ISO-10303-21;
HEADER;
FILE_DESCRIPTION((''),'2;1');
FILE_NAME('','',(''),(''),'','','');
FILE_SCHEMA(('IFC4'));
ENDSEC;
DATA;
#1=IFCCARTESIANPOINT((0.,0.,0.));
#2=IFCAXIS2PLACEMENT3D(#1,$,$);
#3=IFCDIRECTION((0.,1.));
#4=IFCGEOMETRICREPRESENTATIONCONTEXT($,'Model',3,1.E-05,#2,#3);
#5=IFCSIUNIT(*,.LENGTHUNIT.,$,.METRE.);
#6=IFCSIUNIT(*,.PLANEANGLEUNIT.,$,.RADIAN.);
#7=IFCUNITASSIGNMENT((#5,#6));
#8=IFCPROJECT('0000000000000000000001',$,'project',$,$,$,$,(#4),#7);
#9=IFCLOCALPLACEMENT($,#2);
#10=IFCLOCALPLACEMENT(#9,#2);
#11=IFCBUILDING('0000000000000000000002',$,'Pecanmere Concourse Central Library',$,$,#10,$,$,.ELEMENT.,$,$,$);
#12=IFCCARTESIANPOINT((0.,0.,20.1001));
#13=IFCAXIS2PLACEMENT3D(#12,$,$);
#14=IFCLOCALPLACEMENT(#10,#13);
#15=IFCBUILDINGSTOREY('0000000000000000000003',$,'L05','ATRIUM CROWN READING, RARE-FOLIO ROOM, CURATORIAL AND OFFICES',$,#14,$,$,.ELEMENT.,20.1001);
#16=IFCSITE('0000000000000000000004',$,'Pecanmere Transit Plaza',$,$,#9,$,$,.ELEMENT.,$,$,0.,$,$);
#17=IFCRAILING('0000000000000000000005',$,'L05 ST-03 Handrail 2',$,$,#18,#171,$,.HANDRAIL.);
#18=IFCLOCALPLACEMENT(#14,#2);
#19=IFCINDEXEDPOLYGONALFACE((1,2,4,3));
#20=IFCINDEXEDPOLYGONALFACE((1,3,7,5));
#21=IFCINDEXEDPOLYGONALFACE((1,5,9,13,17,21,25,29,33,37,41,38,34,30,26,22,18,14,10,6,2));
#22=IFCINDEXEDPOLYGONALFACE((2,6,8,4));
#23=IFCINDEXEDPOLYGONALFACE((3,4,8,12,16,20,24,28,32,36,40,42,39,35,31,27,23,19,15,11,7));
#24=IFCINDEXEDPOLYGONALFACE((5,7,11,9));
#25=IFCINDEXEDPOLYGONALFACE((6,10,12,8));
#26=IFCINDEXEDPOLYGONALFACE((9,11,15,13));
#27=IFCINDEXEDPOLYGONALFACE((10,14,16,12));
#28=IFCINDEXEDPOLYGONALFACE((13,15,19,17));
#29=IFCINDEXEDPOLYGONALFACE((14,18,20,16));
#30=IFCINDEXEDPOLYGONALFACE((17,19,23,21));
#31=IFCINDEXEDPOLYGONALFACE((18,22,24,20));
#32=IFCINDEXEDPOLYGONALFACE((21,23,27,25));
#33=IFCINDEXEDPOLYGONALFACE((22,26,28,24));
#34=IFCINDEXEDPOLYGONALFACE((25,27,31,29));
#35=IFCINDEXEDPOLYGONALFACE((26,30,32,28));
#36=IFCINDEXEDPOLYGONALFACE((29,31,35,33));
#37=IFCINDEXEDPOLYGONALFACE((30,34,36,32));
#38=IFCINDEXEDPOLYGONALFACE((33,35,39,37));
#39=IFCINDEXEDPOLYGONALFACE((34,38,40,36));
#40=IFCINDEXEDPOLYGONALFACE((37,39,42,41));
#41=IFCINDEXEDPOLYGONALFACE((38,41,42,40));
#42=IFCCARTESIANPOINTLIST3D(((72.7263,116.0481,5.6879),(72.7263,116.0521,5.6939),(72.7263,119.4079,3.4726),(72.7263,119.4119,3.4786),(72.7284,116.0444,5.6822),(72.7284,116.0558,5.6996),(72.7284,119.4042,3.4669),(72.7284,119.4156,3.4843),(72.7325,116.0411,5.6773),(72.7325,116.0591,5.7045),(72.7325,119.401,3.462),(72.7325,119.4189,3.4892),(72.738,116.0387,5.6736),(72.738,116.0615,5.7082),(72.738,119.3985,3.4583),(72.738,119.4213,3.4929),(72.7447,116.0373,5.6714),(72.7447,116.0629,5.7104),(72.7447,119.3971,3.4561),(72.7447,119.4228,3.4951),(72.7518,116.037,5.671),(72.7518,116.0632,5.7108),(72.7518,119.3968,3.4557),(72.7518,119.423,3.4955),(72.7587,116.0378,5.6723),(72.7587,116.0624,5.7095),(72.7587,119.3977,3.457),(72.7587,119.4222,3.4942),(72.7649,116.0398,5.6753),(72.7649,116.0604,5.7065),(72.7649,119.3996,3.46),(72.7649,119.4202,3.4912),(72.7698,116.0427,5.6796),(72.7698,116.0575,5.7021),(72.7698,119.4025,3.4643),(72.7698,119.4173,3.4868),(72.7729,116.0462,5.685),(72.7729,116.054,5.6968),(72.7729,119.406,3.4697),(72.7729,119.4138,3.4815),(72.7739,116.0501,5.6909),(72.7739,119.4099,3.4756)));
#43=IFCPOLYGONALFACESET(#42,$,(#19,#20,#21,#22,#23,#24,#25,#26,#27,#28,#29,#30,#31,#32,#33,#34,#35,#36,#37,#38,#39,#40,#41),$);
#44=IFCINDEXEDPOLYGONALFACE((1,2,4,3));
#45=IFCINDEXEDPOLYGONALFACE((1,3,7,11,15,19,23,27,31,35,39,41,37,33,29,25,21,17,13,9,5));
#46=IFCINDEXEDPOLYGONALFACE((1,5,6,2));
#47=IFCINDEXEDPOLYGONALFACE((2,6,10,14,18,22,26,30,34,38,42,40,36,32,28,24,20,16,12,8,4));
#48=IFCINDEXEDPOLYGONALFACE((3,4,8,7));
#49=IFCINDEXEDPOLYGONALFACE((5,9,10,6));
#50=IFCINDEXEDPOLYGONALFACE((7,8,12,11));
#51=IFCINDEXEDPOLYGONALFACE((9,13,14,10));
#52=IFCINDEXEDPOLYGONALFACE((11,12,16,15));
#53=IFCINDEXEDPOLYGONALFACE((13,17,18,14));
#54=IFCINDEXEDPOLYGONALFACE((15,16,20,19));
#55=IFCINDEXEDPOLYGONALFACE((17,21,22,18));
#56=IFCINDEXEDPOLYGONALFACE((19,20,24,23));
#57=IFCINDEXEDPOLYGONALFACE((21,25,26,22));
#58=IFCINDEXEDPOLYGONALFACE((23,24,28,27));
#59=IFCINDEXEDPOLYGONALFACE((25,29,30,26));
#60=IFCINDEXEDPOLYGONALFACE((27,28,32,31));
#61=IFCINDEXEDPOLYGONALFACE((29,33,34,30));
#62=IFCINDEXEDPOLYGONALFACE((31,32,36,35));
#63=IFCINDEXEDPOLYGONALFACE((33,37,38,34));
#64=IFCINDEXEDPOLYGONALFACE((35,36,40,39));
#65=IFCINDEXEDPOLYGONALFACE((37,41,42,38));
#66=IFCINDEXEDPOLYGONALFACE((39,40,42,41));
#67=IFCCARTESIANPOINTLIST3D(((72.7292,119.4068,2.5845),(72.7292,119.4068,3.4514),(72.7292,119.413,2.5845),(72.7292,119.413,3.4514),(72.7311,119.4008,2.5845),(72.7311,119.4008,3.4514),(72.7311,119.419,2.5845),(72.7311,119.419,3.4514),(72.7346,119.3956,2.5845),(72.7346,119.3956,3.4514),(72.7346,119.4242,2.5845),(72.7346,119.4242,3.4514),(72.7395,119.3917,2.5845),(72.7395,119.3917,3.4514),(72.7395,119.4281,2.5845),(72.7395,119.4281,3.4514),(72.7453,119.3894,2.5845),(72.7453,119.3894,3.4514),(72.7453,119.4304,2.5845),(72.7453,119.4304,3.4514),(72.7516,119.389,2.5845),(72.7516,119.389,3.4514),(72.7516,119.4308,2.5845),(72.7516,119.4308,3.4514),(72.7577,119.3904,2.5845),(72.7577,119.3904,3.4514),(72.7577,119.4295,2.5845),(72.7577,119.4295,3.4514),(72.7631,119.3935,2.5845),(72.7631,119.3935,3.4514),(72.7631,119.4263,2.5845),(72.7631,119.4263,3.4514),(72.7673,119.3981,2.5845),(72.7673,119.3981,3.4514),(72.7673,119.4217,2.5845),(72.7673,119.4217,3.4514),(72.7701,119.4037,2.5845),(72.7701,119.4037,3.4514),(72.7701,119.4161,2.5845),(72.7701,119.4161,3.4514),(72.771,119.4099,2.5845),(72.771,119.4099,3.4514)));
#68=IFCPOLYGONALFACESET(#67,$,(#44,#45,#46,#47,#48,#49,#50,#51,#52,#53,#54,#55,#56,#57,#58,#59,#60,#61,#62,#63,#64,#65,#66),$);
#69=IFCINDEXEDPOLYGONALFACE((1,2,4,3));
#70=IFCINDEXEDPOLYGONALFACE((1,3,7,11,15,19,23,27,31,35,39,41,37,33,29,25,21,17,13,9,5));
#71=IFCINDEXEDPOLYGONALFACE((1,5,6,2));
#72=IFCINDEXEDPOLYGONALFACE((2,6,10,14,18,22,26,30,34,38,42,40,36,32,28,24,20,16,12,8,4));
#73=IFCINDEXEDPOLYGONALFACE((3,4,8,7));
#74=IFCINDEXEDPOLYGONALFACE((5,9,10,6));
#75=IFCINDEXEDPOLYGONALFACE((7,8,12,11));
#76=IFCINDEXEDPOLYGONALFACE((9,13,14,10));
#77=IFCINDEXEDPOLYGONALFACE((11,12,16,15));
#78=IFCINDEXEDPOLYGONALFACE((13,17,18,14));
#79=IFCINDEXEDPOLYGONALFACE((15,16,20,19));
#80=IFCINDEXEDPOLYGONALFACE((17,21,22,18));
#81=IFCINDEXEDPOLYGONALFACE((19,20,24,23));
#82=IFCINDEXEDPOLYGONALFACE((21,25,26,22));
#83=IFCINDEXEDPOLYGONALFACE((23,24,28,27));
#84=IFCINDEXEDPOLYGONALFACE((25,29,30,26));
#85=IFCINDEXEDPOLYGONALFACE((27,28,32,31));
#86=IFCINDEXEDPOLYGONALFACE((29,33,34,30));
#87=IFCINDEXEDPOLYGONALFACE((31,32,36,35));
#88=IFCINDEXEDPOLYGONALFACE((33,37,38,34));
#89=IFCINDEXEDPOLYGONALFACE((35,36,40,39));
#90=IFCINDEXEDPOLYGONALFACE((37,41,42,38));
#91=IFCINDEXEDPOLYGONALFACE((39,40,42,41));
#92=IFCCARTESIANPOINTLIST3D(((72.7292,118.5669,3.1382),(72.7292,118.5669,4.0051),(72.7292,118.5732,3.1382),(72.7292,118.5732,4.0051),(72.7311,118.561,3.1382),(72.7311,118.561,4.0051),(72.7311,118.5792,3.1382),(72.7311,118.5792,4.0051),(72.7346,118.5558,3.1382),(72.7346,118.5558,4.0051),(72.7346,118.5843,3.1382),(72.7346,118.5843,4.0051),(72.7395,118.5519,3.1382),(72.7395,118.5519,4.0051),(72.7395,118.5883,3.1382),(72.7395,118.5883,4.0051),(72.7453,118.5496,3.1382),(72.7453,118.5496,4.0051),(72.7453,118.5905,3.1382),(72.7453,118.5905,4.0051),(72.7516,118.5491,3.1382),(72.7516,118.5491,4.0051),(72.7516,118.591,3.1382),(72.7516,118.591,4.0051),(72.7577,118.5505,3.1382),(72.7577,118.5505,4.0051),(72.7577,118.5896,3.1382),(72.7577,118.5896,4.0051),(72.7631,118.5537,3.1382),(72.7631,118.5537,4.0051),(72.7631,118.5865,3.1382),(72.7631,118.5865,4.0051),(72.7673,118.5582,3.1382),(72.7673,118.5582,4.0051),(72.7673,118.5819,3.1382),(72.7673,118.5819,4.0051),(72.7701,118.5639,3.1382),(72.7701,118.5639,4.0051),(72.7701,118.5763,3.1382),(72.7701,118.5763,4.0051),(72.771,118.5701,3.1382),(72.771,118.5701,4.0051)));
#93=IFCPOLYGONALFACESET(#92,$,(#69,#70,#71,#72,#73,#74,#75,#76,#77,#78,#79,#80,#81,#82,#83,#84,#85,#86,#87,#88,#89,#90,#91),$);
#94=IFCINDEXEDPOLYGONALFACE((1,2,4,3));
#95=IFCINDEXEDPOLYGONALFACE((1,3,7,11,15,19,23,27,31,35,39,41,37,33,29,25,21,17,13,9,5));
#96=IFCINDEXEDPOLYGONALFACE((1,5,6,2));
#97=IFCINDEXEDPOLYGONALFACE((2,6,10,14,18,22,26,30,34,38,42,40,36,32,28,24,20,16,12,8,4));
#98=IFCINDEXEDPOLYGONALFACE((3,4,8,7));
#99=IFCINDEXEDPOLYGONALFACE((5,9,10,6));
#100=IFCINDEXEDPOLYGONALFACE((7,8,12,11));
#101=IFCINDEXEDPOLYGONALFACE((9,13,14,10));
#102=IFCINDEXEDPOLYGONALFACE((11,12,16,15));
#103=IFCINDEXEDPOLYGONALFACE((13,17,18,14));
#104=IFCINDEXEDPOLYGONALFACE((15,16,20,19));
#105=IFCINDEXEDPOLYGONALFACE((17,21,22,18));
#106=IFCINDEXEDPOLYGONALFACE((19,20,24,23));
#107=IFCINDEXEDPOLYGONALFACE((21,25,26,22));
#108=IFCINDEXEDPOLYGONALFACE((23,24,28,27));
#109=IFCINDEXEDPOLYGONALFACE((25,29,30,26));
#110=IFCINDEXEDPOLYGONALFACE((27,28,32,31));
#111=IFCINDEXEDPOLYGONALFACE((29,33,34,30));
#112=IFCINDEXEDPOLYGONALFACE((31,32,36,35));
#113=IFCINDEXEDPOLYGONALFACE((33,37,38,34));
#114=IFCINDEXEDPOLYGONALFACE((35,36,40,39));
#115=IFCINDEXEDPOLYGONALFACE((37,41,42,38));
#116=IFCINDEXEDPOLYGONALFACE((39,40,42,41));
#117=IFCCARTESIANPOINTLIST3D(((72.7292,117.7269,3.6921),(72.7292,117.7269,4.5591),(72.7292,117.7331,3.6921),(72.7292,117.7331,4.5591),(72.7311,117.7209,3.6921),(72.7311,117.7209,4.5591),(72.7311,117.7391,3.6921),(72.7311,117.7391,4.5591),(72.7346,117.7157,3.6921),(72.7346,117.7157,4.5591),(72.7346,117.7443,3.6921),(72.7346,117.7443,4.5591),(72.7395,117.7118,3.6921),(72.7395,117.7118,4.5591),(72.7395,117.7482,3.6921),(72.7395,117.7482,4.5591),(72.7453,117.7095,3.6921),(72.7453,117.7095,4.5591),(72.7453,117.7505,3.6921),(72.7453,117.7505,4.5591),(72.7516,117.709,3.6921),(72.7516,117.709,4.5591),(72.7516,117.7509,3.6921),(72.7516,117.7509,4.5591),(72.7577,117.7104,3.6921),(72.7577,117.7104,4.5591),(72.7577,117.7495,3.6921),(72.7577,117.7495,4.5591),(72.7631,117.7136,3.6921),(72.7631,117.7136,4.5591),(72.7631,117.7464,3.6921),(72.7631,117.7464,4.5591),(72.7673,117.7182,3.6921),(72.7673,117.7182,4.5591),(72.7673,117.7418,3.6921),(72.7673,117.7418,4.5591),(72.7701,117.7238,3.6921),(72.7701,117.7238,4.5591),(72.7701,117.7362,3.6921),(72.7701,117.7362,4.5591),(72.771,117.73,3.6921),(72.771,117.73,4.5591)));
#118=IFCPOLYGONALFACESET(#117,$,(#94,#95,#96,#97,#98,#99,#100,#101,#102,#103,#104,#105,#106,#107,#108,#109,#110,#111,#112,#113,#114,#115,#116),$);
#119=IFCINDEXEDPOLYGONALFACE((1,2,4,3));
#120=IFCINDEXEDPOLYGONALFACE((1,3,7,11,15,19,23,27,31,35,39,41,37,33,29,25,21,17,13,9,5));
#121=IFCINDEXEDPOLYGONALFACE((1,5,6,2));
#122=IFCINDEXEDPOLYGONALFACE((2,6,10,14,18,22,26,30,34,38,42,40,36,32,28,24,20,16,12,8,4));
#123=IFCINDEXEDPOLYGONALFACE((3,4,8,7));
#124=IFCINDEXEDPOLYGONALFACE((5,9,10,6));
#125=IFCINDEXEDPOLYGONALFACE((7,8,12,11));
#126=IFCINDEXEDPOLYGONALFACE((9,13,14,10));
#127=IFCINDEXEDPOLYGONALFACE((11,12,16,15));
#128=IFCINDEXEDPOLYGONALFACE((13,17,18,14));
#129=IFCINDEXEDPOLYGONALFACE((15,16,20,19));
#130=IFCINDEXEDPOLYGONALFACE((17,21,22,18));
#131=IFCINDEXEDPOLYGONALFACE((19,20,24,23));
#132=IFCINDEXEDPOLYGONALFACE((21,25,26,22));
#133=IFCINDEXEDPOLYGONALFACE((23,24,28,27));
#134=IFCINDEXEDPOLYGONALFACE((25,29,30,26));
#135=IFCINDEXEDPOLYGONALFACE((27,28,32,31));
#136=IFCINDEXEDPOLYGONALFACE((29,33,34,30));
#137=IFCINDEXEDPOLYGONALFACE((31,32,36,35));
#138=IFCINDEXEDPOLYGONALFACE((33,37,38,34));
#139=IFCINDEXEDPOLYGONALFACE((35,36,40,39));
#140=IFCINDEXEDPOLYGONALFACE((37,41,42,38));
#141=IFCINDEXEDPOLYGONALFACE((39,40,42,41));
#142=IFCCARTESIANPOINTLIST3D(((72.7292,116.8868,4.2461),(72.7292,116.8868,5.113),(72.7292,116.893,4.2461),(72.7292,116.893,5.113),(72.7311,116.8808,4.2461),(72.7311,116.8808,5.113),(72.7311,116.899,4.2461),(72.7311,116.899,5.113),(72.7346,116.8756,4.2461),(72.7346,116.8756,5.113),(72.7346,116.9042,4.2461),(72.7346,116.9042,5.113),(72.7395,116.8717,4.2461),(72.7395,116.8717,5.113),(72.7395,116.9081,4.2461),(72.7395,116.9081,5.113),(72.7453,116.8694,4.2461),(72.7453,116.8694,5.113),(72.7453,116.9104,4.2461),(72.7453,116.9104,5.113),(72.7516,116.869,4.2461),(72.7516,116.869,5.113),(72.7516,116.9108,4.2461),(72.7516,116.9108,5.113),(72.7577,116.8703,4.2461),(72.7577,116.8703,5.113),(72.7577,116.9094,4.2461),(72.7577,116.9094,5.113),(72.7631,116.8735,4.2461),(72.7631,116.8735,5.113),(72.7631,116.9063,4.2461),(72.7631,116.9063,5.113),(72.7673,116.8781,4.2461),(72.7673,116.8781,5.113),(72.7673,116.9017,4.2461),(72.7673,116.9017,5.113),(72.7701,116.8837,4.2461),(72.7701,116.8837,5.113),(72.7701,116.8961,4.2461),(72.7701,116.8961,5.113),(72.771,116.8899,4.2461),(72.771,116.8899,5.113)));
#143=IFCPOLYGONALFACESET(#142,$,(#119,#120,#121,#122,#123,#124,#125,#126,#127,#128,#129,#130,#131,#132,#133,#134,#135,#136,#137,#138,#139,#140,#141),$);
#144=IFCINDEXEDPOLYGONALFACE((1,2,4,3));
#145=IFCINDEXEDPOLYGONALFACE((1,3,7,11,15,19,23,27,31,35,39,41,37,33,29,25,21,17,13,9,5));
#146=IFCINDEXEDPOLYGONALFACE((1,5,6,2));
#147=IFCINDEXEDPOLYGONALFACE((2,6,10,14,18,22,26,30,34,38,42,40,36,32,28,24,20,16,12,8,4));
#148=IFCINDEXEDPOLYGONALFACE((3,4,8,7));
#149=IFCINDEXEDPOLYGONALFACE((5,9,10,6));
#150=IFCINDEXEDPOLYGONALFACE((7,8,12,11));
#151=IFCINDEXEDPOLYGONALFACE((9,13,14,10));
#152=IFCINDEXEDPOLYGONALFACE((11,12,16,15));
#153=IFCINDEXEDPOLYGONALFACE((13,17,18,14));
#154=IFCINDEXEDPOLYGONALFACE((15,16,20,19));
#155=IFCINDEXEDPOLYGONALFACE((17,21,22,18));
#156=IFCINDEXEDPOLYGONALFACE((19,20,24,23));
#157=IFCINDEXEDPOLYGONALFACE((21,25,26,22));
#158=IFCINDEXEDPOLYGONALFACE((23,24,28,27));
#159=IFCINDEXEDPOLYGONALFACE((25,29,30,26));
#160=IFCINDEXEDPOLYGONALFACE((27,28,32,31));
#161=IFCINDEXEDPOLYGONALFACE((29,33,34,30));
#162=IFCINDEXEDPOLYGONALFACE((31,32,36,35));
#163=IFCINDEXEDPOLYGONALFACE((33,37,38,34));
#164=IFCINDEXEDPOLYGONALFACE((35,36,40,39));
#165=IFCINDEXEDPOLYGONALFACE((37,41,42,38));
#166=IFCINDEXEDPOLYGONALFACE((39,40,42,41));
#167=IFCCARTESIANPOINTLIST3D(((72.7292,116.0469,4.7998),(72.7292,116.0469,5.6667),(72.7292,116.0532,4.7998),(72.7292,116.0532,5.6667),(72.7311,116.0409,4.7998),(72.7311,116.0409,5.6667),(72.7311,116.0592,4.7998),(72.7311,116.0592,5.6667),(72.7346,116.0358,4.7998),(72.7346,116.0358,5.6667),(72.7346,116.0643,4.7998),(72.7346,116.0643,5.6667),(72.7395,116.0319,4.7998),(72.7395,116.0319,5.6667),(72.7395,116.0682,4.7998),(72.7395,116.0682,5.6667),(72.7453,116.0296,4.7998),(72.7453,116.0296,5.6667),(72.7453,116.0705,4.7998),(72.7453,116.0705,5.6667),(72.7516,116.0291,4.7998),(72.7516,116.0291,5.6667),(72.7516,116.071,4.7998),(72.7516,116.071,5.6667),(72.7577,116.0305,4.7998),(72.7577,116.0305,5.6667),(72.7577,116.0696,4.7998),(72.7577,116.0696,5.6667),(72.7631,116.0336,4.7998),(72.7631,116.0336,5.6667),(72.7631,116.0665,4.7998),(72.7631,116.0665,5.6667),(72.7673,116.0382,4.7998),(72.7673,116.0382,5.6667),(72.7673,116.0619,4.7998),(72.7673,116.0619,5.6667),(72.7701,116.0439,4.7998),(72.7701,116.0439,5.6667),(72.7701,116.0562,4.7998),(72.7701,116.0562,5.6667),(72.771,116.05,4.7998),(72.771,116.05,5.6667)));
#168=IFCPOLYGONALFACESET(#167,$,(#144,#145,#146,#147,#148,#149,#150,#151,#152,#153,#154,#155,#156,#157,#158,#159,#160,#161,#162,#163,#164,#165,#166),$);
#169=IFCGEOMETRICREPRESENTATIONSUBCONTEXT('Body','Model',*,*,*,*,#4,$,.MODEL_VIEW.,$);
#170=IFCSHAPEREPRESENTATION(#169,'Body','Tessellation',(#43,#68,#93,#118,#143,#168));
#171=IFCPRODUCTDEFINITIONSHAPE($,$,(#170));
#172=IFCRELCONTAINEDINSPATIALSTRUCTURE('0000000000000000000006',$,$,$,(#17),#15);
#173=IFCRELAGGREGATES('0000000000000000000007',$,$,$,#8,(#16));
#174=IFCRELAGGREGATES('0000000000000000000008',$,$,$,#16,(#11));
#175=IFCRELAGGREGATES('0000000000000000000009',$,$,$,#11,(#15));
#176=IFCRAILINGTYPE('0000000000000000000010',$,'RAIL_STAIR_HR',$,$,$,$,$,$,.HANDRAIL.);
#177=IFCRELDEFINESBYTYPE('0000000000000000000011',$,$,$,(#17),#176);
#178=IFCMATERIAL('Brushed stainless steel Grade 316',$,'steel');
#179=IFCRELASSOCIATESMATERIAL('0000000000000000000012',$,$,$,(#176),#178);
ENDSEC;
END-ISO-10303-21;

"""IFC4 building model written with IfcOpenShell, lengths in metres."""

from ifc_helpers import new_model, si_unit, direction, frame, origin, origin_2d, place, context, subcontext, project, spatial, circle, extrude, material, type_object, element, save


model = new_model("IFC4")

# Units and contexts
model_context = context("Model", 3, precision=1e-05, world=origin(), true_north=direction((0.0, 1.0)))
body_context = subcontext(model_context, "Body", "Model", "MODEL_VIEW")
ifc_project = project(units=[si_unit("LENGTHUNIT", "METRE"), si_unit("PLANEANGLEUNIT", "RADIAN")], contexts=[model_context])

# Site, building, storey
site_placement = place(None, origin())
site = spatial("IfcSite", under=ifc_project, at=site_placement, Name="Pecanmere Transit Plaza", CompositionType="ELEMENT", RefElevation=0.0)
building_placement = place(site_placement, origin())
building = spatial("IfcBuilding", under=site, at=building_placement, Name="Pecanmere Concourse Central Library", CompositionType="ELEMENT")
storey_placement = place(building_placement, frame((0.0, 0.0, 20.1001)))
storey = spatial("IfcBuildingStorey", under=building, at=storey_placement, Name="L05", Description="ATRIUM CROWN READING, RARE-FOLIO ROOM, CURATORIAL AND OFFICES", CompositionType="ELEMENT", Elevation=20.1001)

# Railing
ifc_material_1 = material(Name="Brushed stainless steel Grade 316", Category="steel")
railing_type_1 = type_object("IfcRailingType", Name="RAIL_STAIR_HR", PredefinedType="HANDRAIL", material=ifc_material_1)
railing_1_placement = place(storey_placement, frame((72.75, 119.4099, 2.5845)))
element("IfcRailing", 1, at=railing_1_placement, inside=storey, type_object=railing_type_1, Name="L05 ST-03 Handrail 2", PredefinedType="HANDRAIL", context=body_context, shape_type="SweptSolid", body=[
    extrude(circle(Radius=0.0239, at=origin_2d()), frame((0.0, 0.0, 0.8911), z_axis=(0.0, -0.834858, 0.550465), x_axis=(1.0, 0.0, 0.0)), (0.0, 0.0, 1.0), 4.0244),
    extrude(circle(Radius=0.021, at=origin_2d()), origin(), (0.0, 0.0, 1.0), 0.8669),
    extrude(circle(Radius=0.021, at=origin_2d()), frame((0.0, -0.8398, 0.5537)), (0.0, 0.0, 1.0), 0.8669),
    extrude(circle(Radius=0.021, at=origin_2d()), frame((0.0, -1.6799, 1.1077)), (0.0, 0.0, 1.0), 0.8669),
    extrude(circle(Radius=0.021, at=origin_2d()), frame((0.0, -2.52, 1.6616)), (0.0, 0.0, 1.0), 0.8669),
    extrude(circle(Radius=0.021, at=origin_2d()), frame((0.0, -3.3599, 2.2153)), (0.0, 0.0, 1.0), 0.8669),
])

save(model, "model.ifc")
